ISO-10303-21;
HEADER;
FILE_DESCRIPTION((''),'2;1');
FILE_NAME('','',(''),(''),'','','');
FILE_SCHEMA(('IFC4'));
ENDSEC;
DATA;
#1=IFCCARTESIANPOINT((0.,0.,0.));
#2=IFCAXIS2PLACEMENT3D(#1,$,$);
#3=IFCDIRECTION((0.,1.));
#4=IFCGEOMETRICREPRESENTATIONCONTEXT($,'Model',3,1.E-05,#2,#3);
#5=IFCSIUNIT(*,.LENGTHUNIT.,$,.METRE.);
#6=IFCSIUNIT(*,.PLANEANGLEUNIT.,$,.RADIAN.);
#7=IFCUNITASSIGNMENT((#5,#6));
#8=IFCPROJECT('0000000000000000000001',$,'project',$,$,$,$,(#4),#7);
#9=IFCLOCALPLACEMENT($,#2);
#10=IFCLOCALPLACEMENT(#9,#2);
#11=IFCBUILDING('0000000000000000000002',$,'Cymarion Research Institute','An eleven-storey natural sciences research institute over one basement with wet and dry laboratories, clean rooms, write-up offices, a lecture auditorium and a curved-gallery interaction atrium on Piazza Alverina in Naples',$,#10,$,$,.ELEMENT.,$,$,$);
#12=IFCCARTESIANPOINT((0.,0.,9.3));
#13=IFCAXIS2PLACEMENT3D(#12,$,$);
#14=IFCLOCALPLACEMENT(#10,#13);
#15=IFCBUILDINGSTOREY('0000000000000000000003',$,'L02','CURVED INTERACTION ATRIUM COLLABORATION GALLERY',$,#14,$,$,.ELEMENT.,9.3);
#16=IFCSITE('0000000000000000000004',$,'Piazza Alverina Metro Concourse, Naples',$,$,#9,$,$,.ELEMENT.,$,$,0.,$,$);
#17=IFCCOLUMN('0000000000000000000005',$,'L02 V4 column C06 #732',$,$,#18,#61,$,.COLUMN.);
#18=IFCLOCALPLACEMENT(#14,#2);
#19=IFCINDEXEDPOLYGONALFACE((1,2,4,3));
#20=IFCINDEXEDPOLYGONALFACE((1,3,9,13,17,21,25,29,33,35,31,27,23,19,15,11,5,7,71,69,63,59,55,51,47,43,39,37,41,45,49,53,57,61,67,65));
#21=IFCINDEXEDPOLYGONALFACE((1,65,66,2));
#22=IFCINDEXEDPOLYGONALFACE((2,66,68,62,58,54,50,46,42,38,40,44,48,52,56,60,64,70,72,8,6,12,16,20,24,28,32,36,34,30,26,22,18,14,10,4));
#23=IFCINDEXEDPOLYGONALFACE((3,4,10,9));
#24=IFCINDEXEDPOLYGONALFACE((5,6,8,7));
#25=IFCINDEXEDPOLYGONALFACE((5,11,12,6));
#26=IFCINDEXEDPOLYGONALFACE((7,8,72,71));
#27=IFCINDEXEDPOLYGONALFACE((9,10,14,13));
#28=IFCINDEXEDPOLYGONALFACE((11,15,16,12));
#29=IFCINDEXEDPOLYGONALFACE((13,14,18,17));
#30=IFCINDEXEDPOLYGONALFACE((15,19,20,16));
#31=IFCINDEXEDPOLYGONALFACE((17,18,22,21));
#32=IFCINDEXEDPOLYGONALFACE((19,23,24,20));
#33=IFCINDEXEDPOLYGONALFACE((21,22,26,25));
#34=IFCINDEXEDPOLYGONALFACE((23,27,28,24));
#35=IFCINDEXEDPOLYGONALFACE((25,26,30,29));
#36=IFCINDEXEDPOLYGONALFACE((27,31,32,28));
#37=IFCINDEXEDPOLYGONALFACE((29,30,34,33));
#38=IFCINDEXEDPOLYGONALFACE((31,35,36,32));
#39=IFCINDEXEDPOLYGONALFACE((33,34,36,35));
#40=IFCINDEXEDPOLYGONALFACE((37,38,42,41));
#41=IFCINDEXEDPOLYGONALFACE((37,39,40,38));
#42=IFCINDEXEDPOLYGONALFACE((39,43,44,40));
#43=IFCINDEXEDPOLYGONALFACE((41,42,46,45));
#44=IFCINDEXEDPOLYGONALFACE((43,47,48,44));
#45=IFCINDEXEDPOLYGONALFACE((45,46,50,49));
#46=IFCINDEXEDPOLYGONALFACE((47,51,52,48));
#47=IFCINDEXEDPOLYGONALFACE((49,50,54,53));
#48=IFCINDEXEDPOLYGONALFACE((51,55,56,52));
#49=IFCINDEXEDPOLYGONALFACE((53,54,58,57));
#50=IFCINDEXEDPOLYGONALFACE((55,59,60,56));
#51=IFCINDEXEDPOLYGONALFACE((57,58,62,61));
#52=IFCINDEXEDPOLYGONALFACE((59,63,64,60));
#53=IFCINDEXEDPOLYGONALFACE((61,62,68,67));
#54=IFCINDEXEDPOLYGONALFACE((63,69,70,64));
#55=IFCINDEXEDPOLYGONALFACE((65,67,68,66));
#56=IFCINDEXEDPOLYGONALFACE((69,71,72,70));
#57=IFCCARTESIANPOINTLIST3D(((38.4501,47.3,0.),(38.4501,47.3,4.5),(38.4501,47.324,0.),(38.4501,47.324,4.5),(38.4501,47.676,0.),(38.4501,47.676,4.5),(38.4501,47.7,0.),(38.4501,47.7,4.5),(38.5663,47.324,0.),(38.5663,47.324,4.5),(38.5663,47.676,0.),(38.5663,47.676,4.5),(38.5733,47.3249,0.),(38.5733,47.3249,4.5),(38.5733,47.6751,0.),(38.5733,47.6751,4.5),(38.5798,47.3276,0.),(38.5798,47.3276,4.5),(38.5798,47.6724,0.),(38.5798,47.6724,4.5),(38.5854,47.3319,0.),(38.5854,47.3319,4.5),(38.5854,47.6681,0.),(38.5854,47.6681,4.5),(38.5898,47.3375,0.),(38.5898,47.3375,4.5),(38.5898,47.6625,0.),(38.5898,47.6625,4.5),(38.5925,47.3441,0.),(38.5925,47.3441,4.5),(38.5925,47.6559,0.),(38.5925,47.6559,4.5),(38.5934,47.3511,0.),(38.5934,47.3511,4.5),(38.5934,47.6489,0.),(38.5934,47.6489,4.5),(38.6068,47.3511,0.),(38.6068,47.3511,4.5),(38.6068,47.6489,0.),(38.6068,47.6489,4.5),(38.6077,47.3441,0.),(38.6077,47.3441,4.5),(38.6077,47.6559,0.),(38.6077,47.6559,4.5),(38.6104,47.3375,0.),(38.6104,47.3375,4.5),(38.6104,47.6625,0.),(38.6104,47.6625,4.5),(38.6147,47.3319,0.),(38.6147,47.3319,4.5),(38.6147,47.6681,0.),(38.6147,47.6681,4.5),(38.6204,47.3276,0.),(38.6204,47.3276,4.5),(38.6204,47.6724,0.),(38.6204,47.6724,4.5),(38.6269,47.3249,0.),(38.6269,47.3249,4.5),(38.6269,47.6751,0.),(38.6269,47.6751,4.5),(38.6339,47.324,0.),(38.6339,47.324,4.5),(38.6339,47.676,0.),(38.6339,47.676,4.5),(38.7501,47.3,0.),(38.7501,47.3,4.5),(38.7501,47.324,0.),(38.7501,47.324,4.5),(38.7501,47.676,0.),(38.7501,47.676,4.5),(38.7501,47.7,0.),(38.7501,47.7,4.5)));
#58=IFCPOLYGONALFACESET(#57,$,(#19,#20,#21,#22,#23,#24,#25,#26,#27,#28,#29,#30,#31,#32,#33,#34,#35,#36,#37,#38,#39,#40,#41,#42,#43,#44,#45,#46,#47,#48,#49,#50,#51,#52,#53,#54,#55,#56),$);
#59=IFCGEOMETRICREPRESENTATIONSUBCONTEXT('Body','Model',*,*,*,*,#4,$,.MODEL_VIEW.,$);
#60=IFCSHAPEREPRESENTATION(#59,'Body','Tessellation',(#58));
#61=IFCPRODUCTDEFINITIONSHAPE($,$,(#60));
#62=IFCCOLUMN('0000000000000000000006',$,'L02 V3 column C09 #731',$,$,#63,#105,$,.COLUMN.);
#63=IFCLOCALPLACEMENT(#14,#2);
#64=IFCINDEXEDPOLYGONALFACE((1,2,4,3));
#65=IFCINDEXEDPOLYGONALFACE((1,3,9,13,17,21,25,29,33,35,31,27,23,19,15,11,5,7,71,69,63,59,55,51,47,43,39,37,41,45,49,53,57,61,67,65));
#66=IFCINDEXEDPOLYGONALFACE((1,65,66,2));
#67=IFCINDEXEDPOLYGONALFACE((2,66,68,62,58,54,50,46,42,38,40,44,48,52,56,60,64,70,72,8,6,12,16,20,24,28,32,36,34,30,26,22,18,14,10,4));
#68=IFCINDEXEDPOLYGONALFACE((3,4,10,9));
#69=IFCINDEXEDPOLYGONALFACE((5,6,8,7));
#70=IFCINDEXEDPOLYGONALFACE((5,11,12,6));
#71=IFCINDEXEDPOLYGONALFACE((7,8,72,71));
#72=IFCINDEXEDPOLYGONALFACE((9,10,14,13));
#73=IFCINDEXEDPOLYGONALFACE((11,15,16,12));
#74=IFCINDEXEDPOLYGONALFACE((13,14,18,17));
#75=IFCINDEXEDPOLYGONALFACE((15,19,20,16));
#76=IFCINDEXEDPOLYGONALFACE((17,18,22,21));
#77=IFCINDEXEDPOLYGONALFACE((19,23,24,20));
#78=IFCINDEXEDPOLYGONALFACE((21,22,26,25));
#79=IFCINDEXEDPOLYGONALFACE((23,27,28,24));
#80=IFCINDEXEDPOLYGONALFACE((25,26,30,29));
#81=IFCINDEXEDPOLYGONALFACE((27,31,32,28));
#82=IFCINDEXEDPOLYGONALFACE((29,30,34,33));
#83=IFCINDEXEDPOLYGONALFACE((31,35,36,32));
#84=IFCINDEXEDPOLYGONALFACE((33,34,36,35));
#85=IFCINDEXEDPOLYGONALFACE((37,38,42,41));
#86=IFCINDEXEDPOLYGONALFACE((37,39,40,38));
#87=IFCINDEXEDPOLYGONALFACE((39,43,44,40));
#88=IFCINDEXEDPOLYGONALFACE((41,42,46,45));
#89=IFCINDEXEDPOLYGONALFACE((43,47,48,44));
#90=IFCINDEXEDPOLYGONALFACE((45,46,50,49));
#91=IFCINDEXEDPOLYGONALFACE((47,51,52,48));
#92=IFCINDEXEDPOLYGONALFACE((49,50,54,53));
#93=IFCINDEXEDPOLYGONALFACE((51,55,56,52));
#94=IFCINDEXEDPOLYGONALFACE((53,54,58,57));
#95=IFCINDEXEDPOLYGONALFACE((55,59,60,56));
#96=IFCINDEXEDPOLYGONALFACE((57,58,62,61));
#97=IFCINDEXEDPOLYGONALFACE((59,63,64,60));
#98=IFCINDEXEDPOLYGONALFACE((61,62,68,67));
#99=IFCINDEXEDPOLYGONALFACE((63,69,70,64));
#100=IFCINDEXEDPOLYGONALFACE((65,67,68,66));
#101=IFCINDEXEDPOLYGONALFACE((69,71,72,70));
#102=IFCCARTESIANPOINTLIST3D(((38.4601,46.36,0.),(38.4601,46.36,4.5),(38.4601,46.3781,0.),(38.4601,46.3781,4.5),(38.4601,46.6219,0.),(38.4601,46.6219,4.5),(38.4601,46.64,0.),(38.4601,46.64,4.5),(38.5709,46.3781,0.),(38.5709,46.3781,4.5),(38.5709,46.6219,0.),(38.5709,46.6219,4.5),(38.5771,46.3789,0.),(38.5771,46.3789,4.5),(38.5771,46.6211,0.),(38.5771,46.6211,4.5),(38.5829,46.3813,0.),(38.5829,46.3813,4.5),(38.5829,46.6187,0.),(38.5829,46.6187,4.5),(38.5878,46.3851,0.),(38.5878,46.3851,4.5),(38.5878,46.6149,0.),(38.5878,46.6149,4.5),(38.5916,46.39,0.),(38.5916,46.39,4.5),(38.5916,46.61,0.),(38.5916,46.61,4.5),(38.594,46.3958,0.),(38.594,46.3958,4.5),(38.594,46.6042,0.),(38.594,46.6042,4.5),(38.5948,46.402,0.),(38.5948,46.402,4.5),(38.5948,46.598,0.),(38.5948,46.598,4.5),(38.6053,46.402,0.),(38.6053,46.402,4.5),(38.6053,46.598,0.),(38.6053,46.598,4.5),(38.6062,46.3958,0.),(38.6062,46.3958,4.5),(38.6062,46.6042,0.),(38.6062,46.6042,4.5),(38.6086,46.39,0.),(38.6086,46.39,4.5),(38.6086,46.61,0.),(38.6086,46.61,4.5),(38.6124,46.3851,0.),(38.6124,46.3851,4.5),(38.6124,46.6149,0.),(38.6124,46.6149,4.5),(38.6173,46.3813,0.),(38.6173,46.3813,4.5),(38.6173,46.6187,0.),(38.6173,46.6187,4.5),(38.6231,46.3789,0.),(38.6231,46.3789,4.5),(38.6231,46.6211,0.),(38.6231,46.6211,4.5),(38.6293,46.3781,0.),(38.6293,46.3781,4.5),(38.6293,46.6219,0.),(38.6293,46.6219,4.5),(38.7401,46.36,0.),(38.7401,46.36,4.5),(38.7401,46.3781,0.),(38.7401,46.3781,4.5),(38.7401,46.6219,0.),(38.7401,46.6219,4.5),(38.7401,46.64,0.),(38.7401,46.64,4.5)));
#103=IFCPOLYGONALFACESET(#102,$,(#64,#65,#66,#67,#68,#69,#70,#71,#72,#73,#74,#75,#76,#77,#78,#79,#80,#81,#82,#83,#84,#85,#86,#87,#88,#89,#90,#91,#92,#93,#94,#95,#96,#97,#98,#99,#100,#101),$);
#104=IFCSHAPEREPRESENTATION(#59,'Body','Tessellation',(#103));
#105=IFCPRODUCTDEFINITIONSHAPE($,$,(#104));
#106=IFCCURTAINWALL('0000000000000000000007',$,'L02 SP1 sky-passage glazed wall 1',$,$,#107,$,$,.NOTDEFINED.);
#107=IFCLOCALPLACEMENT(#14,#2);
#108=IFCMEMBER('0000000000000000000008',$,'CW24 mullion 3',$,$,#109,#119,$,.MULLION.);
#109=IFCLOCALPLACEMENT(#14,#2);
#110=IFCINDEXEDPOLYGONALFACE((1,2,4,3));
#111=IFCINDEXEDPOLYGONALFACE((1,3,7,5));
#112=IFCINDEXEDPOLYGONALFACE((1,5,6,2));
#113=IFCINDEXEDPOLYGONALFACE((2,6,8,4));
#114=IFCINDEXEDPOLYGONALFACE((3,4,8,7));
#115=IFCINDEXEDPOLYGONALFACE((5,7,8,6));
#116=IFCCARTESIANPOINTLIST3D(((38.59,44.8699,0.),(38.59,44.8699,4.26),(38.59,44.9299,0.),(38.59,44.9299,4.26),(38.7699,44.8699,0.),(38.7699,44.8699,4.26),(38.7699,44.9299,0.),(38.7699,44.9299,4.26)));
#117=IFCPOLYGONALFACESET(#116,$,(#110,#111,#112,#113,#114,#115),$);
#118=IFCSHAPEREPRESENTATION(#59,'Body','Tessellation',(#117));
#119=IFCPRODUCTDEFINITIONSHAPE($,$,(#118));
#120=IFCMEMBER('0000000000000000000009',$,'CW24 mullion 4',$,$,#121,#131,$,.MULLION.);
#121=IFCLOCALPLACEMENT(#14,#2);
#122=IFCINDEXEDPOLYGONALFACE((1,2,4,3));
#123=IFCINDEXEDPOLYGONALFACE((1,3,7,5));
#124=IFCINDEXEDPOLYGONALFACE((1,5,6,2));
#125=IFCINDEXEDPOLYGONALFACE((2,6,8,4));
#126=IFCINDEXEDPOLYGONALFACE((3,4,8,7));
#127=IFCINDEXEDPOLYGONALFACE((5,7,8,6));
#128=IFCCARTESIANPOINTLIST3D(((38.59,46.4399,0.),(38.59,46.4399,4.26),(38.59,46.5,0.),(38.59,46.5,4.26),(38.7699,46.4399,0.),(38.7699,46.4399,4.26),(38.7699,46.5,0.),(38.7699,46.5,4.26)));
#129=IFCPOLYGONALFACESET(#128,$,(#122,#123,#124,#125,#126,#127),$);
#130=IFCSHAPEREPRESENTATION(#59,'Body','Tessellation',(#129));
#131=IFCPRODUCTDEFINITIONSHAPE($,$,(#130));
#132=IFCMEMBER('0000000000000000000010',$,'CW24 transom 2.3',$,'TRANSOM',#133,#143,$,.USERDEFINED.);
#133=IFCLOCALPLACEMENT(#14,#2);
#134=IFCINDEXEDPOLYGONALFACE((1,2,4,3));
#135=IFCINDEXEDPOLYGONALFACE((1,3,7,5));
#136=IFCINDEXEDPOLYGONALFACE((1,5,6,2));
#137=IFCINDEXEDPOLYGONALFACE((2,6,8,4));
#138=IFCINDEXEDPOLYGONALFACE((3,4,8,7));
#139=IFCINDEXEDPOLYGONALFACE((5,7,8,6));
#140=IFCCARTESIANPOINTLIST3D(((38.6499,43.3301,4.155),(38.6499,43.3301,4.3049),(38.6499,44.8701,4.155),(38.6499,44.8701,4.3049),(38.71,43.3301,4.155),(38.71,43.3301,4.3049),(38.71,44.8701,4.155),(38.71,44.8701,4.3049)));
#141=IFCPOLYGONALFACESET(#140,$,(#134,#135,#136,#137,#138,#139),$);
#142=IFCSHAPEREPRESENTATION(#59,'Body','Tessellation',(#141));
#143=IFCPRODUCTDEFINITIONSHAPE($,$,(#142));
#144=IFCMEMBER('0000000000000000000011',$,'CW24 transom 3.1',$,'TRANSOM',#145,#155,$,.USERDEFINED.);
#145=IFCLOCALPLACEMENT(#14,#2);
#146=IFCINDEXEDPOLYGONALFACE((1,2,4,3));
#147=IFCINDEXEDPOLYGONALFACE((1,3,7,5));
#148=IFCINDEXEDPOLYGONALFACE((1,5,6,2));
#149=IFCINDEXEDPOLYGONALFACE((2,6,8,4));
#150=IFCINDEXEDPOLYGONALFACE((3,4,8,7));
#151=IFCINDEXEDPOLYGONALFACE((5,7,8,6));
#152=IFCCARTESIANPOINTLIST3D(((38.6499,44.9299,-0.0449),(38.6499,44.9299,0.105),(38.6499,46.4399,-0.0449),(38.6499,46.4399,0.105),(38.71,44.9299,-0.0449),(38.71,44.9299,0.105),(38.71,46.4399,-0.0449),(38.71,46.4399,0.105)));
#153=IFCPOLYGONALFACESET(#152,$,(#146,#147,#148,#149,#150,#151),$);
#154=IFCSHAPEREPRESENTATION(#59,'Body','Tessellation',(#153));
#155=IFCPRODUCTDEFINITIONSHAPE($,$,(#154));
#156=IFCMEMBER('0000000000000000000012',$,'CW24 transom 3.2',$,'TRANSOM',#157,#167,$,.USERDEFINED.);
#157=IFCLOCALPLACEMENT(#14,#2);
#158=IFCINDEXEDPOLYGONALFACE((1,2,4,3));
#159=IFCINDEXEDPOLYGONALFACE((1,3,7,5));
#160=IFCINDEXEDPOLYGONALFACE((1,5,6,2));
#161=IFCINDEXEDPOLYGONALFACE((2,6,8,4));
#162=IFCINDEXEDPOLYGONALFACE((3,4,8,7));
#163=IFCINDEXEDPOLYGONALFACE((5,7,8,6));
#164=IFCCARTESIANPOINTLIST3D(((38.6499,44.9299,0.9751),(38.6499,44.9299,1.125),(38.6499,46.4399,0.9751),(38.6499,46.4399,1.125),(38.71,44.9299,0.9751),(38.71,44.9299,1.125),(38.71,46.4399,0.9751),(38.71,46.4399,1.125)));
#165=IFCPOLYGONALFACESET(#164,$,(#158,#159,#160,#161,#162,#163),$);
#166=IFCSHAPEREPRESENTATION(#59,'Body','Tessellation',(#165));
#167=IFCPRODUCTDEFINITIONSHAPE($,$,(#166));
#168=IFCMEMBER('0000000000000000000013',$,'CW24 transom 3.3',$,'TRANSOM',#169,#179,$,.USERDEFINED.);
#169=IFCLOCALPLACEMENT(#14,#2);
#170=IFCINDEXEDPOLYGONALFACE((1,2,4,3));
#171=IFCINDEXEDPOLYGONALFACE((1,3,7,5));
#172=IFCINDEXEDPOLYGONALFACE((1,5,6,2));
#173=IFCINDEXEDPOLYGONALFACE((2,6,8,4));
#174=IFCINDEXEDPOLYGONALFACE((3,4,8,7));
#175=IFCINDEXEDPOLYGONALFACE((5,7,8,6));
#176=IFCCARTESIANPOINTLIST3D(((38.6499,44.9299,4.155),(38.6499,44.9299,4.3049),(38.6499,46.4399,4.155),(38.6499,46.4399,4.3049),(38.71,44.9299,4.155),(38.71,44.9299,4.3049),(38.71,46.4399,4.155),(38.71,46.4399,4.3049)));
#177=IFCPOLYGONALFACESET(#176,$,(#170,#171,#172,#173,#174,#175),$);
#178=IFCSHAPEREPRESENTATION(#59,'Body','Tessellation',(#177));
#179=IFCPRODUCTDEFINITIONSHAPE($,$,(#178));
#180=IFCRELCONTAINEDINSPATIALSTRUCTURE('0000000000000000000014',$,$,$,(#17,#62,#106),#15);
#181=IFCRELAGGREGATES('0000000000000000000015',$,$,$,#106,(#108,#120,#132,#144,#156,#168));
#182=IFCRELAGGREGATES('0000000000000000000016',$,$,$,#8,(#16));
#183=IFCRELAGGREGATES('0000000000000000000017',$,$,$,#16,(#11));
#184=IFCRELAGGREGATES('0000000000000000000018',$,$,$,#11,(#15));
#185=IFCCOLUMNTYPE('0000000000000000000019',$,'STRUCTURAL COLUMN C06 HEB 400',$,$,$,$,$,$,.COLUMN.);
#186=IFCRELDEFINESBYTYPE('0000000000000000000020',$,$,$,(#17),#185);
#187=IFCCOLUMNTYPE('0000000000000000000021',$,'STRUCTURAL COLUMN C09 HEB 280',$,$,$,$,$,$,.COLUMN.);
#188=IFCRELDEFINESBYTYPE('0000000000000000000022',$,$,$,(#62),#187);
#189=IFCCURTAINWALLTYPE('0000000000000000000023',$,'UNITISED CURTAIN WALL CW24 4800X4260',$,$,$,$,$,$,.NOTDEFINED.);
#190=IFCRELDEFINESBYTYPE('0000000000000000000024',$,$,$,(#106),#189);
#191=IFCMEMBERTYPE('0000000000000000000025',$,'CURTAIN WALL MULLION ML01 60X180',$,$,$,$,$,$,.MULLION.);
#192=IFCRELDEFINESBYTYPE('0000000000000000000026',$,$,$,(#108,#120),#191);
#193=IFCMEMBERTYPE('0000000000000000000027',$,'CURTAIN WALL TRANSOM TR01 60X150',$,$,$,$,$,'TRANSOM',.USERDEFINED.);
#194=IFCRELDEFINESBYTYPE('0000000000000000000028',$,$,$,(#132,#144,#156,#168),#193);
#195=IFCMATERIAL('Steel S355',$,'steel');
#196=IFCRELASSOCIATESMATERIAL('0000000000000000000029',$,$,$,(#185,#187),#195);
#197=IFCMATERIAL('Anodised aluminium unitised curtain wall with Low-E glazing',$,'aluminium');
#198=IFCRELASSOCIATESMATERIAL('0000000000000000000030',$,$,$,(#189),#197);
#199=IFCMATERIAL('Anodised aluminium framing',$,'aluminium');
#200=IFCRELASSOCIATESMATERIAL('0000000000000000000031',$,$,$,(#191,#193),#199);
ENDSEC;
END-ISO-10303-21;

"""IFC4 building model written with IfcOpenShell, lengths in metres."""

from ifc_helpers import new_model, si_unit, direction, frame, origin, origin_2d, place, context, subcontext, project, spatial, rectangle, i_section, extrude, material, material_profile, profile_set, type_object, element, aggregate, save


model = new_model("IFC4")

# Units and contexts
model_context = context("Model", 3, precision=1e-05, world=origin(), true_north=direction((0.0, 1.0)))
body_context = subcontext(model_context, "Body", "Model", "MODEL_VIEW")
ifc_project = project(units=[si_unit("LENGTHUNIT", "METRE"), si_unit("PLANEANGLEUNIT", "RADIAN")], contexts=[model_context])

# Site, building, storey
site_placement = place(None, origin())
site = spatial("IfcSite", under=ifc_project, at=site_placement, Name="Piazza Alverina Metro Concourse, Naples", CompositionType="ELEMENT", RefElevation=0.0)
building_placement = place(site_placement, origin())
building = spatial("IfcBuilding", under=site, at=building_placement, Name="Cymarion Research Institute", Description="An eleven-storey natural sciences research institute over one basement with wet and dry laboratories, clean rooms, write-up offices, a lecture auditorium and a curved-gallery interaction atrium on Piazza Alverina in Naples", CompositionType="ELEMENT")
storey_placement = place(building_placement, frame((0.0, 0.0, 9.3)))
storey = spatial("IfcBuildingStorey", under=building, at=storey_placement, Name="L02", Description="CURVED INTERACTION ATRIUM COLLABORATION GALLERY", CompositionType="ELEMENT", Elevation=9.3)

# Columns
ifc_material_1 = material(Name="Steel S355", Category="steel")
ifc_material_profile_1 = material_profile(ifc_material_1, i_section(OverallWidth=0.3, OverallDepth=0.3999, WebThickness=0.0134, FlangeThickness=0.0239, FilletRadius=0.0271, at=origin_2d()), Name="HEB 400")
ifc_profile_set_1 = profile_set([ifc_material_profile_1], Name="Steel S355")
column_type_1 = type_object("IfcColumnType", Name="STRUCTURAL COLUMN C06 HEB 400", PredefinedType="COLUMN", material=ifc_profile_set_1)
column_1_placement = place(storey_placement, frame((38.6001, 47.5, 0.0), z_axis=(0.0, 0.0, 1.0), x_axis=(1.0, 0.0, 0.0)))
element("IfcColumn", 1, at=column_1_placement, inside=storey, type_object=column_type_1, Name="L02 V4 column C06 #732", PredefinedType="COLUMN", context=body_context, shape_type="SweptSolid", body=[
    extrude(i_section(OverallWidth=0.3, OverallDepth=0.3999, WebThickness=0.0134, FlangeThickness=0.0239, FilletRadius=0.0271, at=origin_2d()), origin(), (0.0, 0.0, 1.0), 4.5),
])
ifc_material_profile_2 = material_profile(ifc_material_1, i_section(OverallWidth=0.28, OverallDepth=0.28, WebThickness=0.0105, FlangeThickness=0.0181, FilletRadius=0.0239, at=origin_2d()), Name="HEB 280")
ifc_profile_set_2 = profile_set([ifc_material_profile_2], Name="Steel S355")
column_type_2 = type_object("IfcColumnType", Name="STRUCTURAL COLUMN C09 HEB 280", PredefinedType="COLUMN", material=ifc_profile_set_2)
column_2_placement = place(storey_placement, frame((38.6001, 46.5, 0.0), z_axis=(0.0, 0.0, 1.0), x_axis=(1.0, 0.0, 0.0)))
element("IfcColumn", 2, at=column_2_placement, inside=storey, type_object=column_type_2, Name="L02 V3 column C09 #731", PredefinedType="COLUMN", context=body_context, shape_type="SweptSolid", body=[
    extrude(i_section(OverallWidth=0.28, OverallDepth=0.28, WebThickness=0.0105, FlangeThickness=0.0181, FilletRadius=0.0239, at=origin_2d()), origin(), (0.0, 0.0, 1.0), 4.5),
])

# Curtain wall, members
ifc_material_2 = material(Name="Anodised aluminium unitised curtain wall with Low-E glazing", Category="aluminium")
curtain_wall_type = type_object("IfcCurtainWallType", Name="UNITISED CURTAIN WALL CW24 4800X4260", PredefinedType="NOTDEFINED", material=ifc_material_2)
curtain_wall_placement = place(storey_placement, origin())
curtain_wall = element("IfcCurtainWall", 3, at=curtain_wall_placement, inside=storey, type_object=curtain_wall_type, Name="L02 SP1 sky-passage glazed wall 1", PredefinedType="NOTDEFINED")
ifc_material_3 = material(Name="Anodised aluminium framing", Category="aluminium")
ifc_material_profile_3 = material_profile(ifc_material_3, rectangle(XDim=0.0601, YDim=0.1799, at=origin_2d()), Name="ALU MULLION 60x180")
ifc_profile_set_3 = profile_set([ifc_material_profile_3], Name="Anodised aluminium framing")
member_type_1 = type_object("IfcMemberType", Name="CURTAIN WALL MULLION ML01 60X180", PredefinedType="MULLION", material=ifc_profile_set_3)
member_1_placement = place(storey_placement, frame((38.6799, 44.8999, 0.0), z_axis=(0.0, 0.0, 1.0), x_axis=(0.0, 1.0, 0.0)))
member_1 = element("IfcMember", 4, at=member_1_placement, type_object=member_type_1, Name="CW24 mullion 3", PredefinedType="MULLION", context=body_context, shape_type="SweptSolid", body=[
    extrude(rectangle(XDim=0.0601, YDim=0.1799, at=origin_2d()), origin(), (0.0, 0.0, 1.0), 4.26),
])
member_2_placement = place(storey_placement, frame((38.6799, 46.47, 0.0), z_axis=(0.0, 0.0, 1.0), x_axis=(0.0, 1.0, 0.0)))
member_2 = element("IfcMember", 5, at=member_2_placement, type_object=member_type_1, Name="CW24 mullion 4", PredefinedType="MULLION", context=body_context, shape_type="SweptSolid", body=[
    extrude(rectangle(XDim=0.0601, YDim=0.1799, at=origin_2d()), origin(), (0.0, 0.0, 1.0), 4.26),
])
ifc_material_profile_4 = material_profile(ifc_material_3, rectangle(XDim=0.0601, YDim=0.1499, at=origin_2d()), Name="ALU TRANSOM 60x150")
ifc_profile_set_4 = profile_set([ifc_material_profile_4], Name="Anodised aluminium framing")
member_type_2 = type_object("IfcMemberType", Name="CURTAIN WALL TRANSOM TR01 60X150", ElementType="TRANSOM", PredefinedType="USERDEFINED", material=ifc_profile_set_4)
member_3_placement = place(storey_placement, frame((38.6799, 43.3301, 4.23), z_axis=(0.0, 1.0, 0.0), x_axis=(-1.0, 0.0, 0.0)))
member_3 = element("IfcMember", 6, at=member_3_placement, type_object=member_type_2, Name="CW24 transom 2.3", ObjectType="TRANSOM", PredefinedType="USERDEFINED", context=body_context, shape_type="SweptSolid", body=[
    extrude(rectangle(XDim=0.0601, YDim=0.1499, at=origin_2d()), origin(), (0.0, 0.0, 1.0), 1.54),
])
member_4_placement = place(storey_placement, frame((38.6799, 44.9299, 0.03), z_axis=(0.0, 1.0, 0.0), x_axis=(-1.0, 0.0, 0.0)))
member_4 = element("IfcMember", 7, at=member_4_placement, type_object=member_type_2, Name="CW24 transom 3.1", ObjectType="TRANSOM", PredefinedType="USERDEFINED", context=body_context, shape_type="SweptSolid", body=[
    extrude(rectangle(XDim=0.0601, YDim=0.1499, at=origin_2d()), origin(), (0.0, 0.0, 1.0), 1.51),
])
member_5_placement = place(storey_placement, frame((38.6799, 44.9299, 1.05), z_axis=(0.0, 1.0, 0.0), x_axis=(-1.0, 0.0, 0.0)))
member_5 = element("IfcMember", 8, at=member_5_placement, type_object=member_type_2, Name="CW24 transom 3.2", ObjectType="TRANSOM", PredefinedType="USERDEFINED", context=body_context, shape_type="SweptSolid", body=[
    extrude(rectangle(XDim=0.0601, YDim=0.1499, at=origin_2d()), origin(), (0.0, 0.0, 1.0), 1.51),
])
member_6_placement = place(storey_placement, frame((38.6799, 44.9299, 4.23), z_axis=(0.0, 1.0, 0.0), x_axis=(-1.0, 0.0, 0.0)))
member_6 = element("IfcMember", 9, at=member_6_placement, type_object=member_type_2, Name="CW24 transom 3.3", ObjectType="TRANSOM", PredefinedType="USERDEFINED", context=body_context, shape_type="SweptSolid", body=[
    extrude(rectangle(XDim=0.0601, YDim=0.1499, at=origin_2d()), origin(), (0.0, 0.0, 1.0), 1.51),
])

aggregate(curtain_wall, [member_1, member_2, member_3, member_4, member_5, member_6])

save(model, "model.ifc")
